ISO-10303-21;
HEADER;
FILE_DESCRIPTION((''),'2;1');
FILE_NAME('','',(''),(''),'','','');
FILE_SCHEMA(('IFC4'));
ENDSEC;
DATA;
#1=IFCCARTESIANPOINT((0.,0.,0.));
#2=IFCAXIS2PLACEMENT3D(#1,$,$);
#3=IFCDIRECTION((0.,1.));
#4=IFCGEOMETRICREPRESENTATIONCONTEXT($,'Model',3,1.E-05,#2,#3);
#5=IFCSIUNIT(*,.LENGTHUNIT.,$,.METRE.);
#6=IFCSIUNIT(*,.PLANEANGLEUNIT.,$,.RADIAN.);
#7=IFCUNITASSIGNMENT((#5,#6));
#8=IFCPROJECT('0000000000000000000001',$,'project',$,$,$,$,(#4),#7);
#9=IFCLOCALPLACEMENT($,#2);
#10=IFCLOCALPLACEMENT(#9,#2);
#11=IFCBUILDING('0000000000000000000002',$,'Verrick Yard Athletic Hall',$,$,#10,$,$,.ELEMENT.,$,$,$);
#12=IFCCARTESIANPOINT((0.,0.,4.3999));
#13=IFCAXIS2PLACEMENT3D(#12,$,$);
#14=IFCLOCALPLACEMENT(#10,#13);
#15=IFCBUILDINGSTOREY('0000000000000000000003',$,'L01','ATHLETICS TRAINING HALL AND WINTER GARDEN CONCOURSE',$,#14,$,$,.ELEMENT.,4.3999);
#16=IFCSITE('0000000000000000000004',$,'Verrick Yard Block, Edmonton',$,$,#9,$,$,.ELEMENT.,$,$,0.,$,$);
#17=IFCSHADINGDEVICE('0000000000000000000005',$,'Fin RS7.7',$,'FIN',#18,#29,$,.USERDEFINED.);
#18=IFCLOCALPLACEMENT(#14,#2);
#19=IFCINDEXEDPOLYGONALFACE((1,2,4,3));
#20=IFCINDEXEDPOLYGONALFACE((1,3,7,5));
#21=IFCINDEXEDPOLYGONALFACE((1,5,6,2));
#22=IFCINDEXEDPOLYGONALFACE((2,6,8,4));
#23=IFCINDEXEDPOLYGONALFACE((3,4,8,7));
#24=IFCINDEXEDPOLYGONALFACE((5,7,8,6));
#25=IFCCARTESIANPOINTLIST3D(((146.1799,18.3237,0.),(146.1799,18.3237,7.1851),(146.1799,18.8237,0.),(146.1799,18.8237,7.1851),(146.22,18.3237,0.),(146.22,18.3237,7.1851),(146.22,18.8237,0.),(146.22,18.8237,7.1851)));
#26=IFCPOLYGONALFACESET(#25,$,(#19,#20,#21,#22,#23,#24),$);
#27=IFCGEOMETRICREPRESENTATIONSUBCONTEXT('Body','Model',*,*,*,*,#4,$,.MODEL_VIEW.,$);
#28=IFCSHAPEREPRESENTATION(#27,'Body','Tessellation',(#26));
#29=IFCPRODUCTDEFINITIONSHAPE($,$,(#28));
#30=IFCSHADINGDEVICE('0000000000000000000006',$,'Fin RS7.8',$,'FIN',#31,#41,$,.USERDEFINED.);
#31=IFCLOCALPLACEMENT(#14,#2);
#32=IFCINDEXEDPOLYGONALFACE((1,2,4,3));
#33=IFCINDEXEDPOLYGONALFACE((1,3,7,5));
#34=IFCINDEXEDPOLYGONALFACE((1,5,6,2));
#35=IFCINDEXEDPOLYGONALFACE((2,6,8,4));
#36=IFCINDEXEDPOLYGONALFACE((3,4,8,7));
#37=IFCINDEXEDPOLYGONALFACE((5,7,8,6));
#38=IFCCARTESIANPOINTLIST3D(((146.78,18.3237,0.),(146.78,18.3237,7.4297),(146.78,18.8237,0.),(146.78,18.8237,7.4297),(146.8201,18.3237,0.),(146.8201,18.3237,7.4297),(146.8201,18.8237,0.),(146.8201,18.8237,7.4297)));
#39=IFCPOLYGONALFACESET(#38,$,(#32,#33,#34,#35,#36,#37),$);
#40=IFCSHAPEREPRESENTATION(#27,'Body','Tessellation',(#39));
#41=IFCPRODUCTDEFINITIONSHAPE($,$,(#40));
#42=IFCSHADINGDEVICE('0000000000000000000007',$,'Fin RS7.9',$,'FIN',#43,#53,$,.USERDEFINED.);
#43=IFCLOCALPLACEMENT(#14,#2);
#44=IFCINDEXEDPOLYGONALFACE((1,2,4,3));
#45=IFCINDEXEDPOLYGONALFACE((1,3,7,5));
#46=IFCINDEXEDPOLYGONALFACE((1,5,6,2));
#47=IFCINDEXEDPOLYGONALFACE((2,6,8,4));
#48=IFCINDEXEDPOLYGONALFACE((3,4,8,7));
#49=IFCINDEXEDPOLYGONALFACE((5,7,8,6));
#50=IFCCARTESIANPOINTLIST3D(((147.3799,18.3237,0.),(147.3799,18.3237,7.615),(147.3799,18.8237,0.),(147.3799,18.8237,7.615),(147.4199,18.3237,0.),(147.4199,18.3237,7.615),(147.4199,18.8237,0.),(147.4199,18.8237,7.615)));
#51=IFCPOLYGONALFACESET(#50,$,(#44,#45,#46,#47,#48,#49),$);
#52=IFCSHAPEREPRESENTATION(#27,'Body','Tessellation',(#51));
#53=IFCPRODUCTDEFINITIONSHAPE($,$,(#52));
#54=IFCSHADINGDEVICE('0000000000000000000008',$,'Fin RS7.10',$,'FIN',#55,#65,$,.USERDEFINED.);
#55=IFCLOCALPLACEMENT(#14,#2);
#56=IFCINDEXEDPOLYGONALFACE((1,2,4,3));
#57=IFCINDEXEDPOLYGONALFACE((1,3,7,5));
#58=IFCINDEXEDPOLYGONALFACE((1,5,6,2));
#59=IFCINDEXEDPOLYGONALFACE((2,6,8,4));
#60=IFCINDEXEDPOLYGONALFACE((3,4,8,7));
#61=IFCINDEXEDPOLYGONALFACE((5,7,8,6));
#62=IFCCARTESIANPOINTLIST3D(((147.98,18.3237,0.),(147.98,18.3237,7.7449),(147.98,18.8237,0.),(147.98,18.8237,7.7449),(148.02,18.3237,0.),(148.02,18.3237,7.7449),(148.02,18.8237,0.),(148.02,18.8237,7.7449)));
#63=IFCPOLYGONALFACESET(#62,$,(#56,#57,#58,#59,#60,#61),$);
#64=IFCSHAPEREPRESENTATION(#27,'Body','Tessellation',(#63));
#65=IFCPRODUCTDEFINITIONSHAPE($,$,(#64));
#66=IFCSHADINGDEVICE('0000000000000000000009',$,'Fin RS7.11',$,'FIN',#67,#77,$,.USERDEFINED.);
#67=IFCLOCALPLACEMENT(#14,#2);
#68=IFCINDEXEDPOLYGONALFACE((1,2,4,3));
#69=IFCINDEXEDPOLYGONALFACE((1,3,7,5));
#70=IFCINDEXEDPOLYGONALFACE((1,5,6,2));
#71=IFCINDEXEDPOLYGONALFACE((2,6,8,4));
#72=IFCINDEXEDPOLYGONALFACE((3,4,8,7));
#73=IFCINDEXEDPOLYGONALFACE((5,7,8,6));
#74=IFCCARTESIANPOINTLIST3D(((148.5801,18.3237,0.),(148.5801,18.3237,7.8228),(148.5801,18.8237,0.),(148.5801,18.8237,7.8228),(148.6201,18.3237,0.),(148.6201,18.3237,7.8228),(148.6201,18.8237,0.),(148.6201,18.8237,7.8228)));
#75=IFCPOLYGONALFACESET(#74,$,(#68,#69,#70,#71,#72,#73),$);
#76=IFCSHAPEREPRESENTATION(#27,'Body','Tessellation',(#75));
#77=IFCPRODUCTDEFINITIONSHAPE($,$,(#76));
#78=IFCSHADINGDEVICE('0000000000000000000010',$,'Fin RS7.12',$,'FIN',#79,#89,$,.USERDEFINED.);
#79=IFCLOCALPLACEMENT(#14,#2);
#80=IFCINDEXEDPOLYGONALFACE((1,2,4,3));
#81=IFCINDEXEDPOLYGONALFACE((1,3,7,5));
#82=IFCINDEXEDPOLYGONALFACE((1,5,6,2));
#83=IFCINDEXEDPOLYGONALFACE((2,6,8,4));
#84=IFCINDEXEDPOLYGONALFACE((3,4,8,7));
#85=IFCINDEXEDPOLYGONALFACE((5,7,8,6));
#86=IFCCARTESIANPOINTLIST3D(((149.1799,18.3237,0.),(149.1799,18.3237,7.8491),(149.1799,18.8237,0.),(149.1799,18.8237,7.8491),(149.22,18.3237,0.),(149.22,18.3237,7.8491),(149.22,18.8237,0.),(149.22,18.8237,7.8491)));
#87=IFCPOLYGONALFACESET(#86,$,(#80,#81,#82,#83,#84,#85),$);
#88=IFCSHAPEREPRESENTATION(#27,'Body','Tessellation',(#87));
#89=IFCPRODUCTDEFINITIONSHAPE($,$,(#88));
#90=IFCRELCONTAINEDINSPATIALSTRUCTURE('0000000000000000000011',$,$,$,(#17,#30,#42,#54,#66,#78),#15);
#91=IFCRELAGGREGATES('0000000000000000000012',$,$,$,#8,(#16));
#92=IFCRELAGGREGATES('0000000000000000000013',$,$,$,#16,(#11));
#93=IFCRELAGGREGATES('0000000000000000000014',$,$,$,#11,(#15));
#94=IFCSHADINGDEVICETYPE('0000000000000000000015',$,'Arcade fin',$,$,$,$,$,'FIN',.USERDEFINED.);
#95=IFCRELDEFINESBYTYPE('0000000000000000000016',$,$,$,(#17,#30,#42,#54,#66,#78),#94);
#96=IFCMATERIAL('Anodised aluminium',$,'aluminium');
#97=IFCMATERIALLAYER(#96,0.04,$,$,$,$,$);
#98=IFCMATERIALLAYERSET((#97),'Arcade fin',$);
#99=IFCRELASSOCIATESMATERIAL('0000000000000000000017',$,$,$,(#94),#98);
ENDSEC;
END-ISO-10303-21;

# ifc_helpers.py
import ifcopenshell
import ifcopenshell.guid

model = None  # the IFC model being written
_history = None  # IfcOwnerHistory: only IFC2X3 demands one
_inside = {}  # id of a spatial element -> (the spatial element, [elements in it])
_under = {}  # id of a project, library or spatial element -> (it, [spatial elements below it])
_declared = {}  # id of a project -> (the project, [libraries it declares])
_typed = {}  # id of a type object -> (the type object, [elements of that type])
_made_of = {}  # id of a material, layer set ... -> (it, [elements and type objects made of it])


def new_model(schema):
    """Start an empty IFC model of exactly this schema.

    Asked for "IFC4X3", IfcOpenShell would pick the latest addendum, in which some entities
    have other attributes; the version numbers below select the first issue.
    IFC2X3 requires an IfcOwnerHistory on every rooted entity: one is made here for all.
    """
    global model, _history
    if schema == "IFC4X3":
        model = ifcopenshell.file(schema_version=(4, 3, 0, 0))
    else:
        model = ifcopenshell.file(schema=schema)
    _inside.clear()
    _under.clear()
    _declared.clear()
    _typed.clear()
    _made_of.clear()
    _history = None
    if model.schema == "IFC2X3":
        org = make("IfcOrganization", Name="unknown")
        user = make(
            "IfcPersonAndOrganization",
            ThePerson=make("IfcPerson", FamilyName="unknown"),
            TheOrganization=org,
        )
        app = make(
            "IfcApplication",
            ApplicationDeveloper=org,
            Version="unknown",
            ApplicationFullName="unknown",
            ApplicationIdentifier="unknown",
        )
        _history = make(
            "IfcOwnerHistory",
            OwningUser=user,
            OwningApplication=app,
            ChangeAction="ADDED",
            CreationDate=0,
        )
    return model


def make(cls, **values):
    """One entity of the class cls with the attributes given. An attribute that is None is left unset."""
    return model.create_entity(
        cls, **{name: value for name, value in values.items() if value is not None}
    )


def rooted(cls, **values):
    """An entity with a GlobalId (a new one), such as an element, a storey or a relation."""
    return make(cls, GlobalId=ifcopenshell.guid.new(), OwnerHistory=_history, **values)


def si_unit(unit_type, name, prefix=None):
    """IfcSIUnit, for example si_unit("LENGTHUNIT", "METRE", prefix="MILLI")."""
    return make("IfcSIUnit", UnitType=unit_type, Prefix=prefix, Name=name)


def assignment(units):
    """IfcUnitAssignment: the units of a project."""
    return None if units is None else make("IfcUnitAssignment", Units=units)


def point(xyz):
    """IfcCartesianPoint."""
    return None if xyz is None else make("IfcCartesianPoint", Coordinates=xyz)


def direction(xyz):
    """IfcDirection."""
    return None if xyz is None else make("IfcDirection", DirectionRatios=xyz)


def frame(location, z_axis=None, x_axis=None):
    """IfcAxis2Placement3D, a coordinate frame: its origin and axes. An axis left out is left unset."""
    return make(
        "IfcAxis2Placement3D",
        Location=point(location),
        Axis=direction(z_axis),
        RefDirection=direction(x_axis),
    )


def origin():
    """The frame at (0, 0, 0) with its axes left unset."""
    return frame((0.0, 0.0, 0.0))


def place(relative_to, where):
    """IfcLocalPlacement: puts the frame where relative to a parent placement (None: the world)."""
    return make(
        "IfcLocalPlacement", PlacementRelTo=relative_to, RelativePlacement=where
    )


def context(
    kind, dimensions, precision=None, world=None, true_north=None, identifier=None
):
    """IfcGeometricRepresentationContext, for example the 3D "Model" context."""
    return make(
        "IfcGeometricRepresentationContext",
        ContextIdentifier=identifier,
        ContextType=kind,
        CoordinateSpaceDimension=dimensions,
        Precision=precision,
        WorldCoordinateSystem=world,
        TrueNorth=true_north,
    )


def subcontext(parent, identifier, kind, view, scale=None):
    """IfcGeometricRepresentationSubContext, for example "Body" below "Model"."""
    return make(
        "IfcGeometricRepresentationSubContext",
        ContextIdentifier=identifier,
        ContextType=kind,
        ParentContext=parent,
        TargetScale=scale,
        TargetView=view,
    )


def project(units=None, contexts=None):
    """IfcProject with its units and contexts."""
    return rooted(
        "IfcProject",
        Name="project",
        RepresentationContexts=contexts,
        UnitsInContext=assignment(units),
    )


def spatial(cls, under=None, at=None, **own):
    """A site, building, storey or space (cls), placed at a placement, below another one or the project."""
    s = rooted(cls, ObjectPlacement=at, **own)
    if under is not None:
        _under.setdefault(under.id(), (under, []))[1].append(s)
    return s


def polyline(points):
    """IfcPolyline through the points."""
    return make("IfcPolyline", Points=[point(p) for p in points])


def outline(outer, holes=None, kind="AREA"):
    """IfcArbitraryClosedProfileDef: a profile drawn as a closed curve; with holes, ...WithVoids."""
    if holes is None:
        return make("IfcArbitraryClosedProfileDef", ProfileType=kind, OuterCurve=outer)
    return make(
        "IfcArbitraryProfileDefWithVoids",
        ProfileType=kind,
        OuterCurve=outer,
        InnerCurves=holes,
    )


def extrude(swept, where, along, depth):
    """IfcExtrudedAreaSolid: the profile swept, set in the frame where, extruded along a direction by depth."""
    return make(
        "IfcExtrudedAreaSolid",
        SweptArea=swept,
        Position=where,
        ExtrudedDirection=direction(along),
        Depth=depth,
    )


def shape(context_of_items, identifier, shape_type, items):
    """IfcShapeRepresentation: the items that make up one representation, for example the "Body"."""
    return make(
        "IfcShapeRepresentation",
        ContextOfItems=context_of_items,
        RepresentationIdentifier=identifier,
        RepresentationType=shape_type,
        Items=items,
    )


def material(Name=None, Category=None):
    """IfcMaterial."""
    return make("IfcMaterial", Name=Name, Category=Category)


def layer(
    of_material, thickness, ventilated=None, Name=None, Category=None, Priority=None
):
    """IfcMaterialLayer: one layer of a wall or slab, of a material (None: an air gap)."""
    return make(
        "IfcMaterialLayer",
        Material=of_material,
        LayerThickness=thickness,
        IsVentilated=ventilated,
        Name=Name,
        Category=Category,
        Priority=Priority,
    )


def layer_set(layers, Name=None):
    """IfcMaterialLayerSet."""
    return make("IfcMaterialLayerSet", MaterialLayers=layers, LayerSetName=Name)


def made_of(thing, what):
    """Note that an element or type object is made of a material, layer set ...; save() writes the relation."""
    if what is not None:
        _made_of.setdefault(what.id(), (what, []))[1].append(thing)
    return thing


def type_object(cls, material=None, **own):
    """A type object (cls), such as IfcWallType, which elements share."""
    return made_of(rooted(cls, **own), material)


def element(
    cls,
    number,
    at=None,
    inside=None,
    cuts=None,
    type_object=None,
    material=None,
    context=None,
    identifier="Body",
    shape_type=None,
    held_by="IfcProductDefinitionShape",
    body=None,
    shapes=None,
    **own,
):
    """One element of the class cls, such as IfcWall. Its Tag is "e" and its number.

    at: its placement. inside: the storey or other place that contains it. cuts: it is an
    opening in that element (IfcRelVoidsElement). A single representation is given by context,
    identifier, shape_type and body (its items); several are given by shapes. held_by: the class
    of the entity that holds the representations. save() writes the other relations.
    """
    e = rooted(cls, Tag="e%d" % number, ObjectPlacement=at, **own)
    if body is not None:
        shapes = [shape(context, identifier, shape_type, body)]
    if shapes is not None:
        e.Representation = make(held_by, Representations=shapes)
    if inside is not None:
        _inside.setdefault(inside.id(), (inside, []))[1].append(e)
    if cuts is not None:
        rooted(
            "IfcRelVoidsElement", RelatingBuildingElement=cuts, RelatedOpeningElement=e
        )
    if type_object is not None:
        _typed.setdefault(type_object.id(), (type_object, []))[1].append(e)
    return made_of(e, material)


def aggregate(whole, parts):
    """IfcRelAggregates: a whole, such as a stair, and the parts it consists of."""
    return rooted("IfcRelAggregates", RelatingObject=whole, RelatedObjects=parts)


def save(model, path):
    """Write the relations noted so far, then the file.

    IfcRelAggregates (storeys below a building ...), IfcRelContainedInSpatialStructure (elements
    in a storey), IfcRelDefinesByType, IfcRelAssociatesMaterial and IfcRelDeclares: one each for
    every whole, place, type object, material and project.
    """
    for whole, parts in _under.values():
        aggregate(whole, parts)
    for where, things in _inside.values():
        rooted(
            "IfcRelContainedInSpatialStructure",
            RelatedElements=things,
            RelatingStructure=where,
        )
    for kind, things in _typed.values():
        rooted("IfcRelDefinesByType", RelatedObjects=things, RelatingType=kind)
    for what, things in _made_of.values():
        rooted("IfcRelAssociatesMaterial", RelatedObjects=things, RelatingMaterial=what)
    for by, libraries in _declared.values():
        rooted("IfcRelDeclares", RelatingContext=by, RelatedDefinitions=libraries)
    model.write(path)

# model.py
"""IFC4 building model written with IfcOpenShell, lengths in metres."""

from ifc_helpers import new_model, si_unit, direction, frame, origin, place, context, subcontext, project, spatial, polyline, outline, extrude, material, layer, layer_set, type_object, element, save


model = new_model("IFC4")

# Units and contexts
model_context = context("Model", 3, precision=1e-05, world=origin(), true_north=direction((0.0, 1.0)))
body_context = subcontext(model_context, "Body", "Model", "MODEL_VIEW")
ifc_project = project(units=[si_unit("LENGTHUNIT", "METRE"), si_unit("PLANEANGLEUNIT", "RADIAN")], contexts=[model_context])

# Site, building, storey
site_placement = place(None, origin())
site = spatial("IfcSite", under=ifc_project, at=site_placement, Name="Verrick Yard Block, Edmonton", CompositionType="ELEMENT", RefElevation=0.0)
building_placement = place(site_placement, origin())
building = spatial("IfcBuilding", under=site, at=building_placement, Name="Verrick Yard Athletic Hall", CompositionType="ELEMENT")
storey_placement = place(building_placement, frame((0.0, 0.0, 4.3999)))
storey = spatial("IfcBuildingStorey", under=building, at=storey_placement, Name="L01", Description="ATHLETICS TRAINING HALL AND WINTER GARDEN CONCOURSE", CompositionType="ELEMENT", Elevation=4.3999)

# Shading devices
ifc_material_1 = material(Name="Anodised aluminium", Category="aluminium")
ifc_layer_1 = layer(ifc_material_1, 0.04)
ifc_layer_set_1 = layer_set([ifc_layer_1], Name="Arcade fin")
shading_device_type = type_object("IfcShadingDeviceType", Name="Arcade fin", ElementType="FIN", PredefinedType="USERDEFINED", material=ifc_layer_set_1)
shading_device_1_placement = place(storey_placement, frame((146.2, 18.8237, 0.0), z_axis=(0.0, 0.0, 1.0), x_axis=(0.0, -1.0, 0.0)))
element("IfcShadingDevice", 1, at=shading_device_1_placement, inside=storey, type_object=shading_device_type, Name="Fin RS7.7", ObjectType="FIN", PredefinedType="USERDEFINED", context=body_context, shape_type="SweptSolid", body=[
    extrude(outline(polyline([(0.0, 0.0), (0.5, 0.0), (0.5, 7.1851), (0.0, 7.1851), (0.0, 0.0)])), frame((0.0, 0.02, 0.0), z_axis=(0.0, -1.0, 0.0), x_axis=(1.0, 0.0, 0.0)), (0.0, 0.0, 1.0), 0.04),
])
shading_device_2_placement = place(storey_placement, frame((146.8, 18.8237, 0.0), z_axis=(0.0, 0.0, 1.0), x_axis=(0.0, -1.0, 0.0)))
element("IfcShadingDevice", 2, at=shading_device_2_placement, inside=storey, type_object=shading_device_type, Name="Fin RS7.8", ObjectType="FIN", PredefinedType="USERDEFINED", context=body_context, shape_type="SweptSolid", body=[
    extrude(outline(polyline([(0.0, 0.0), (0.5, 0.0), (0.5, 7.4297), (0.0, 7.4297), (0.0, 0.0)])), frame((0.0, 0.02, 0.0), z_axis=(0.0, -1.0, 0.0), x_axis=(1.0, 0.0, 0.0)), (0.0, 0.0, 1.0), 0.04),
])
shading_device_3_placement = place(storey_placement, frame((147.3999, 18.8237, 0.0), z_axis=(0.0, 0.0, 1.0), x_axis=(0.0, -1.0, 0.0)))
element("IfcShadingDevice", 3, at=shading_device_3_placement, inside=storey, type_object=shading_device_type, Name="Fin RS7.9", ObjectType="FIN", PredefinedType="USERDEFINED", context=body_context, shape_type="SweptSolid", body=[
    extrude(outline(polyline([(0.0, 0.0), (0.5, 0.0), (0.5, 7.615), (0.0, 7.615), (0.0, 0.0)])), frame((0.0, 0.02, 0.0), z_axis=(0.0, -1.0, 0.0), x_axis=(1.0, 0.0, 0.0)), (0.0, 0.0, 1.0), 0.04),
])
shading_device_4_placement = place(storey_placement, frame((148.0, 18.8237, 0.0), z_axis=(0.0, 0.0, 1.0), x_axis=(0.0, -1.0, 0.0)))
element("IfcShadingDevice", 4, at=shading_device_4_placement, inside=storey, type_object=shading_device_type, Name="Fin RS7.10", ObjectType="FIN", PredefinedType="USERDEFINED", context=body_context, shape_type="SweptSolid", body=[
    extrude(outline(polyline([(0.0, 0.0), (0.5, 0.0), (0.5, 7.7449), (0.0, 7.7449), (0.0, 0.0)])), frame((0.0, 0.02, 0.0), z_axis=(0.0, -1.0, 0.0), x_axis=(1.0, 0.0, 0.0)), (0.0, 0.0, 1.0), 0.04),
])
shading_device_5_placement = place(storey_placement, frame((148.6001, 18.8237, 0.0), z_axis=(0.0, 0.0, 1.0), x_axis=(0.0, -1.0, 0.0)))
element("IfcShadingDevice", 5, at=shading_device_5_placement, inside=storey, type_object=shading_device_type, Name="Fin RS7.11", ObjectType="FIN", PredefinedType="USERDEFINED", context=body_context, shape_type="SweptSolid", body=[
    extrude(outline(polyline([(0.0, 0.0), (0.5, 0.0), (0.5, 7.8228), (0.0, 7.8228), (0.0, 0.0)])), frame((0.0, 0.02, 0.0), z_axis=(0.0, -1.0, 0.0), x_axis=(1.0, 0.0, 0.0)), (0.0, 0.0, 1.0), 0.04),
])
shading_device_6_placement = place(storey_placement, frame((149.2, 18.8237, 0.0), z_axis=(0.0, 0.0, 1.0), x_axis=(0.0, -1.0, 0.0)))
element("IfcShadingDevice", 6, at=shading_device_6_placement, inside=storey, type_object=shading_device_type, Name="Fin RS7.12", ObjectType="FIN", PredefinedType="USERDEFINED", context=body_context, shape_type="SweptSolid", body=[
    extrude(outline(polyline([(0.0, 0.0), (0.5, 0.0), (0.5, 7.8491), (0.0, 7.8491), (0.0, 0.0)])), frame((0.0, 0.02, 0.0), z_axis=(0.0, -1.0, 0.0), x_axis=(1.0, 0.0, 0.0)), (0.0, 0.0, 1.0), 0.04),
])

save(model, "model.ifc")
